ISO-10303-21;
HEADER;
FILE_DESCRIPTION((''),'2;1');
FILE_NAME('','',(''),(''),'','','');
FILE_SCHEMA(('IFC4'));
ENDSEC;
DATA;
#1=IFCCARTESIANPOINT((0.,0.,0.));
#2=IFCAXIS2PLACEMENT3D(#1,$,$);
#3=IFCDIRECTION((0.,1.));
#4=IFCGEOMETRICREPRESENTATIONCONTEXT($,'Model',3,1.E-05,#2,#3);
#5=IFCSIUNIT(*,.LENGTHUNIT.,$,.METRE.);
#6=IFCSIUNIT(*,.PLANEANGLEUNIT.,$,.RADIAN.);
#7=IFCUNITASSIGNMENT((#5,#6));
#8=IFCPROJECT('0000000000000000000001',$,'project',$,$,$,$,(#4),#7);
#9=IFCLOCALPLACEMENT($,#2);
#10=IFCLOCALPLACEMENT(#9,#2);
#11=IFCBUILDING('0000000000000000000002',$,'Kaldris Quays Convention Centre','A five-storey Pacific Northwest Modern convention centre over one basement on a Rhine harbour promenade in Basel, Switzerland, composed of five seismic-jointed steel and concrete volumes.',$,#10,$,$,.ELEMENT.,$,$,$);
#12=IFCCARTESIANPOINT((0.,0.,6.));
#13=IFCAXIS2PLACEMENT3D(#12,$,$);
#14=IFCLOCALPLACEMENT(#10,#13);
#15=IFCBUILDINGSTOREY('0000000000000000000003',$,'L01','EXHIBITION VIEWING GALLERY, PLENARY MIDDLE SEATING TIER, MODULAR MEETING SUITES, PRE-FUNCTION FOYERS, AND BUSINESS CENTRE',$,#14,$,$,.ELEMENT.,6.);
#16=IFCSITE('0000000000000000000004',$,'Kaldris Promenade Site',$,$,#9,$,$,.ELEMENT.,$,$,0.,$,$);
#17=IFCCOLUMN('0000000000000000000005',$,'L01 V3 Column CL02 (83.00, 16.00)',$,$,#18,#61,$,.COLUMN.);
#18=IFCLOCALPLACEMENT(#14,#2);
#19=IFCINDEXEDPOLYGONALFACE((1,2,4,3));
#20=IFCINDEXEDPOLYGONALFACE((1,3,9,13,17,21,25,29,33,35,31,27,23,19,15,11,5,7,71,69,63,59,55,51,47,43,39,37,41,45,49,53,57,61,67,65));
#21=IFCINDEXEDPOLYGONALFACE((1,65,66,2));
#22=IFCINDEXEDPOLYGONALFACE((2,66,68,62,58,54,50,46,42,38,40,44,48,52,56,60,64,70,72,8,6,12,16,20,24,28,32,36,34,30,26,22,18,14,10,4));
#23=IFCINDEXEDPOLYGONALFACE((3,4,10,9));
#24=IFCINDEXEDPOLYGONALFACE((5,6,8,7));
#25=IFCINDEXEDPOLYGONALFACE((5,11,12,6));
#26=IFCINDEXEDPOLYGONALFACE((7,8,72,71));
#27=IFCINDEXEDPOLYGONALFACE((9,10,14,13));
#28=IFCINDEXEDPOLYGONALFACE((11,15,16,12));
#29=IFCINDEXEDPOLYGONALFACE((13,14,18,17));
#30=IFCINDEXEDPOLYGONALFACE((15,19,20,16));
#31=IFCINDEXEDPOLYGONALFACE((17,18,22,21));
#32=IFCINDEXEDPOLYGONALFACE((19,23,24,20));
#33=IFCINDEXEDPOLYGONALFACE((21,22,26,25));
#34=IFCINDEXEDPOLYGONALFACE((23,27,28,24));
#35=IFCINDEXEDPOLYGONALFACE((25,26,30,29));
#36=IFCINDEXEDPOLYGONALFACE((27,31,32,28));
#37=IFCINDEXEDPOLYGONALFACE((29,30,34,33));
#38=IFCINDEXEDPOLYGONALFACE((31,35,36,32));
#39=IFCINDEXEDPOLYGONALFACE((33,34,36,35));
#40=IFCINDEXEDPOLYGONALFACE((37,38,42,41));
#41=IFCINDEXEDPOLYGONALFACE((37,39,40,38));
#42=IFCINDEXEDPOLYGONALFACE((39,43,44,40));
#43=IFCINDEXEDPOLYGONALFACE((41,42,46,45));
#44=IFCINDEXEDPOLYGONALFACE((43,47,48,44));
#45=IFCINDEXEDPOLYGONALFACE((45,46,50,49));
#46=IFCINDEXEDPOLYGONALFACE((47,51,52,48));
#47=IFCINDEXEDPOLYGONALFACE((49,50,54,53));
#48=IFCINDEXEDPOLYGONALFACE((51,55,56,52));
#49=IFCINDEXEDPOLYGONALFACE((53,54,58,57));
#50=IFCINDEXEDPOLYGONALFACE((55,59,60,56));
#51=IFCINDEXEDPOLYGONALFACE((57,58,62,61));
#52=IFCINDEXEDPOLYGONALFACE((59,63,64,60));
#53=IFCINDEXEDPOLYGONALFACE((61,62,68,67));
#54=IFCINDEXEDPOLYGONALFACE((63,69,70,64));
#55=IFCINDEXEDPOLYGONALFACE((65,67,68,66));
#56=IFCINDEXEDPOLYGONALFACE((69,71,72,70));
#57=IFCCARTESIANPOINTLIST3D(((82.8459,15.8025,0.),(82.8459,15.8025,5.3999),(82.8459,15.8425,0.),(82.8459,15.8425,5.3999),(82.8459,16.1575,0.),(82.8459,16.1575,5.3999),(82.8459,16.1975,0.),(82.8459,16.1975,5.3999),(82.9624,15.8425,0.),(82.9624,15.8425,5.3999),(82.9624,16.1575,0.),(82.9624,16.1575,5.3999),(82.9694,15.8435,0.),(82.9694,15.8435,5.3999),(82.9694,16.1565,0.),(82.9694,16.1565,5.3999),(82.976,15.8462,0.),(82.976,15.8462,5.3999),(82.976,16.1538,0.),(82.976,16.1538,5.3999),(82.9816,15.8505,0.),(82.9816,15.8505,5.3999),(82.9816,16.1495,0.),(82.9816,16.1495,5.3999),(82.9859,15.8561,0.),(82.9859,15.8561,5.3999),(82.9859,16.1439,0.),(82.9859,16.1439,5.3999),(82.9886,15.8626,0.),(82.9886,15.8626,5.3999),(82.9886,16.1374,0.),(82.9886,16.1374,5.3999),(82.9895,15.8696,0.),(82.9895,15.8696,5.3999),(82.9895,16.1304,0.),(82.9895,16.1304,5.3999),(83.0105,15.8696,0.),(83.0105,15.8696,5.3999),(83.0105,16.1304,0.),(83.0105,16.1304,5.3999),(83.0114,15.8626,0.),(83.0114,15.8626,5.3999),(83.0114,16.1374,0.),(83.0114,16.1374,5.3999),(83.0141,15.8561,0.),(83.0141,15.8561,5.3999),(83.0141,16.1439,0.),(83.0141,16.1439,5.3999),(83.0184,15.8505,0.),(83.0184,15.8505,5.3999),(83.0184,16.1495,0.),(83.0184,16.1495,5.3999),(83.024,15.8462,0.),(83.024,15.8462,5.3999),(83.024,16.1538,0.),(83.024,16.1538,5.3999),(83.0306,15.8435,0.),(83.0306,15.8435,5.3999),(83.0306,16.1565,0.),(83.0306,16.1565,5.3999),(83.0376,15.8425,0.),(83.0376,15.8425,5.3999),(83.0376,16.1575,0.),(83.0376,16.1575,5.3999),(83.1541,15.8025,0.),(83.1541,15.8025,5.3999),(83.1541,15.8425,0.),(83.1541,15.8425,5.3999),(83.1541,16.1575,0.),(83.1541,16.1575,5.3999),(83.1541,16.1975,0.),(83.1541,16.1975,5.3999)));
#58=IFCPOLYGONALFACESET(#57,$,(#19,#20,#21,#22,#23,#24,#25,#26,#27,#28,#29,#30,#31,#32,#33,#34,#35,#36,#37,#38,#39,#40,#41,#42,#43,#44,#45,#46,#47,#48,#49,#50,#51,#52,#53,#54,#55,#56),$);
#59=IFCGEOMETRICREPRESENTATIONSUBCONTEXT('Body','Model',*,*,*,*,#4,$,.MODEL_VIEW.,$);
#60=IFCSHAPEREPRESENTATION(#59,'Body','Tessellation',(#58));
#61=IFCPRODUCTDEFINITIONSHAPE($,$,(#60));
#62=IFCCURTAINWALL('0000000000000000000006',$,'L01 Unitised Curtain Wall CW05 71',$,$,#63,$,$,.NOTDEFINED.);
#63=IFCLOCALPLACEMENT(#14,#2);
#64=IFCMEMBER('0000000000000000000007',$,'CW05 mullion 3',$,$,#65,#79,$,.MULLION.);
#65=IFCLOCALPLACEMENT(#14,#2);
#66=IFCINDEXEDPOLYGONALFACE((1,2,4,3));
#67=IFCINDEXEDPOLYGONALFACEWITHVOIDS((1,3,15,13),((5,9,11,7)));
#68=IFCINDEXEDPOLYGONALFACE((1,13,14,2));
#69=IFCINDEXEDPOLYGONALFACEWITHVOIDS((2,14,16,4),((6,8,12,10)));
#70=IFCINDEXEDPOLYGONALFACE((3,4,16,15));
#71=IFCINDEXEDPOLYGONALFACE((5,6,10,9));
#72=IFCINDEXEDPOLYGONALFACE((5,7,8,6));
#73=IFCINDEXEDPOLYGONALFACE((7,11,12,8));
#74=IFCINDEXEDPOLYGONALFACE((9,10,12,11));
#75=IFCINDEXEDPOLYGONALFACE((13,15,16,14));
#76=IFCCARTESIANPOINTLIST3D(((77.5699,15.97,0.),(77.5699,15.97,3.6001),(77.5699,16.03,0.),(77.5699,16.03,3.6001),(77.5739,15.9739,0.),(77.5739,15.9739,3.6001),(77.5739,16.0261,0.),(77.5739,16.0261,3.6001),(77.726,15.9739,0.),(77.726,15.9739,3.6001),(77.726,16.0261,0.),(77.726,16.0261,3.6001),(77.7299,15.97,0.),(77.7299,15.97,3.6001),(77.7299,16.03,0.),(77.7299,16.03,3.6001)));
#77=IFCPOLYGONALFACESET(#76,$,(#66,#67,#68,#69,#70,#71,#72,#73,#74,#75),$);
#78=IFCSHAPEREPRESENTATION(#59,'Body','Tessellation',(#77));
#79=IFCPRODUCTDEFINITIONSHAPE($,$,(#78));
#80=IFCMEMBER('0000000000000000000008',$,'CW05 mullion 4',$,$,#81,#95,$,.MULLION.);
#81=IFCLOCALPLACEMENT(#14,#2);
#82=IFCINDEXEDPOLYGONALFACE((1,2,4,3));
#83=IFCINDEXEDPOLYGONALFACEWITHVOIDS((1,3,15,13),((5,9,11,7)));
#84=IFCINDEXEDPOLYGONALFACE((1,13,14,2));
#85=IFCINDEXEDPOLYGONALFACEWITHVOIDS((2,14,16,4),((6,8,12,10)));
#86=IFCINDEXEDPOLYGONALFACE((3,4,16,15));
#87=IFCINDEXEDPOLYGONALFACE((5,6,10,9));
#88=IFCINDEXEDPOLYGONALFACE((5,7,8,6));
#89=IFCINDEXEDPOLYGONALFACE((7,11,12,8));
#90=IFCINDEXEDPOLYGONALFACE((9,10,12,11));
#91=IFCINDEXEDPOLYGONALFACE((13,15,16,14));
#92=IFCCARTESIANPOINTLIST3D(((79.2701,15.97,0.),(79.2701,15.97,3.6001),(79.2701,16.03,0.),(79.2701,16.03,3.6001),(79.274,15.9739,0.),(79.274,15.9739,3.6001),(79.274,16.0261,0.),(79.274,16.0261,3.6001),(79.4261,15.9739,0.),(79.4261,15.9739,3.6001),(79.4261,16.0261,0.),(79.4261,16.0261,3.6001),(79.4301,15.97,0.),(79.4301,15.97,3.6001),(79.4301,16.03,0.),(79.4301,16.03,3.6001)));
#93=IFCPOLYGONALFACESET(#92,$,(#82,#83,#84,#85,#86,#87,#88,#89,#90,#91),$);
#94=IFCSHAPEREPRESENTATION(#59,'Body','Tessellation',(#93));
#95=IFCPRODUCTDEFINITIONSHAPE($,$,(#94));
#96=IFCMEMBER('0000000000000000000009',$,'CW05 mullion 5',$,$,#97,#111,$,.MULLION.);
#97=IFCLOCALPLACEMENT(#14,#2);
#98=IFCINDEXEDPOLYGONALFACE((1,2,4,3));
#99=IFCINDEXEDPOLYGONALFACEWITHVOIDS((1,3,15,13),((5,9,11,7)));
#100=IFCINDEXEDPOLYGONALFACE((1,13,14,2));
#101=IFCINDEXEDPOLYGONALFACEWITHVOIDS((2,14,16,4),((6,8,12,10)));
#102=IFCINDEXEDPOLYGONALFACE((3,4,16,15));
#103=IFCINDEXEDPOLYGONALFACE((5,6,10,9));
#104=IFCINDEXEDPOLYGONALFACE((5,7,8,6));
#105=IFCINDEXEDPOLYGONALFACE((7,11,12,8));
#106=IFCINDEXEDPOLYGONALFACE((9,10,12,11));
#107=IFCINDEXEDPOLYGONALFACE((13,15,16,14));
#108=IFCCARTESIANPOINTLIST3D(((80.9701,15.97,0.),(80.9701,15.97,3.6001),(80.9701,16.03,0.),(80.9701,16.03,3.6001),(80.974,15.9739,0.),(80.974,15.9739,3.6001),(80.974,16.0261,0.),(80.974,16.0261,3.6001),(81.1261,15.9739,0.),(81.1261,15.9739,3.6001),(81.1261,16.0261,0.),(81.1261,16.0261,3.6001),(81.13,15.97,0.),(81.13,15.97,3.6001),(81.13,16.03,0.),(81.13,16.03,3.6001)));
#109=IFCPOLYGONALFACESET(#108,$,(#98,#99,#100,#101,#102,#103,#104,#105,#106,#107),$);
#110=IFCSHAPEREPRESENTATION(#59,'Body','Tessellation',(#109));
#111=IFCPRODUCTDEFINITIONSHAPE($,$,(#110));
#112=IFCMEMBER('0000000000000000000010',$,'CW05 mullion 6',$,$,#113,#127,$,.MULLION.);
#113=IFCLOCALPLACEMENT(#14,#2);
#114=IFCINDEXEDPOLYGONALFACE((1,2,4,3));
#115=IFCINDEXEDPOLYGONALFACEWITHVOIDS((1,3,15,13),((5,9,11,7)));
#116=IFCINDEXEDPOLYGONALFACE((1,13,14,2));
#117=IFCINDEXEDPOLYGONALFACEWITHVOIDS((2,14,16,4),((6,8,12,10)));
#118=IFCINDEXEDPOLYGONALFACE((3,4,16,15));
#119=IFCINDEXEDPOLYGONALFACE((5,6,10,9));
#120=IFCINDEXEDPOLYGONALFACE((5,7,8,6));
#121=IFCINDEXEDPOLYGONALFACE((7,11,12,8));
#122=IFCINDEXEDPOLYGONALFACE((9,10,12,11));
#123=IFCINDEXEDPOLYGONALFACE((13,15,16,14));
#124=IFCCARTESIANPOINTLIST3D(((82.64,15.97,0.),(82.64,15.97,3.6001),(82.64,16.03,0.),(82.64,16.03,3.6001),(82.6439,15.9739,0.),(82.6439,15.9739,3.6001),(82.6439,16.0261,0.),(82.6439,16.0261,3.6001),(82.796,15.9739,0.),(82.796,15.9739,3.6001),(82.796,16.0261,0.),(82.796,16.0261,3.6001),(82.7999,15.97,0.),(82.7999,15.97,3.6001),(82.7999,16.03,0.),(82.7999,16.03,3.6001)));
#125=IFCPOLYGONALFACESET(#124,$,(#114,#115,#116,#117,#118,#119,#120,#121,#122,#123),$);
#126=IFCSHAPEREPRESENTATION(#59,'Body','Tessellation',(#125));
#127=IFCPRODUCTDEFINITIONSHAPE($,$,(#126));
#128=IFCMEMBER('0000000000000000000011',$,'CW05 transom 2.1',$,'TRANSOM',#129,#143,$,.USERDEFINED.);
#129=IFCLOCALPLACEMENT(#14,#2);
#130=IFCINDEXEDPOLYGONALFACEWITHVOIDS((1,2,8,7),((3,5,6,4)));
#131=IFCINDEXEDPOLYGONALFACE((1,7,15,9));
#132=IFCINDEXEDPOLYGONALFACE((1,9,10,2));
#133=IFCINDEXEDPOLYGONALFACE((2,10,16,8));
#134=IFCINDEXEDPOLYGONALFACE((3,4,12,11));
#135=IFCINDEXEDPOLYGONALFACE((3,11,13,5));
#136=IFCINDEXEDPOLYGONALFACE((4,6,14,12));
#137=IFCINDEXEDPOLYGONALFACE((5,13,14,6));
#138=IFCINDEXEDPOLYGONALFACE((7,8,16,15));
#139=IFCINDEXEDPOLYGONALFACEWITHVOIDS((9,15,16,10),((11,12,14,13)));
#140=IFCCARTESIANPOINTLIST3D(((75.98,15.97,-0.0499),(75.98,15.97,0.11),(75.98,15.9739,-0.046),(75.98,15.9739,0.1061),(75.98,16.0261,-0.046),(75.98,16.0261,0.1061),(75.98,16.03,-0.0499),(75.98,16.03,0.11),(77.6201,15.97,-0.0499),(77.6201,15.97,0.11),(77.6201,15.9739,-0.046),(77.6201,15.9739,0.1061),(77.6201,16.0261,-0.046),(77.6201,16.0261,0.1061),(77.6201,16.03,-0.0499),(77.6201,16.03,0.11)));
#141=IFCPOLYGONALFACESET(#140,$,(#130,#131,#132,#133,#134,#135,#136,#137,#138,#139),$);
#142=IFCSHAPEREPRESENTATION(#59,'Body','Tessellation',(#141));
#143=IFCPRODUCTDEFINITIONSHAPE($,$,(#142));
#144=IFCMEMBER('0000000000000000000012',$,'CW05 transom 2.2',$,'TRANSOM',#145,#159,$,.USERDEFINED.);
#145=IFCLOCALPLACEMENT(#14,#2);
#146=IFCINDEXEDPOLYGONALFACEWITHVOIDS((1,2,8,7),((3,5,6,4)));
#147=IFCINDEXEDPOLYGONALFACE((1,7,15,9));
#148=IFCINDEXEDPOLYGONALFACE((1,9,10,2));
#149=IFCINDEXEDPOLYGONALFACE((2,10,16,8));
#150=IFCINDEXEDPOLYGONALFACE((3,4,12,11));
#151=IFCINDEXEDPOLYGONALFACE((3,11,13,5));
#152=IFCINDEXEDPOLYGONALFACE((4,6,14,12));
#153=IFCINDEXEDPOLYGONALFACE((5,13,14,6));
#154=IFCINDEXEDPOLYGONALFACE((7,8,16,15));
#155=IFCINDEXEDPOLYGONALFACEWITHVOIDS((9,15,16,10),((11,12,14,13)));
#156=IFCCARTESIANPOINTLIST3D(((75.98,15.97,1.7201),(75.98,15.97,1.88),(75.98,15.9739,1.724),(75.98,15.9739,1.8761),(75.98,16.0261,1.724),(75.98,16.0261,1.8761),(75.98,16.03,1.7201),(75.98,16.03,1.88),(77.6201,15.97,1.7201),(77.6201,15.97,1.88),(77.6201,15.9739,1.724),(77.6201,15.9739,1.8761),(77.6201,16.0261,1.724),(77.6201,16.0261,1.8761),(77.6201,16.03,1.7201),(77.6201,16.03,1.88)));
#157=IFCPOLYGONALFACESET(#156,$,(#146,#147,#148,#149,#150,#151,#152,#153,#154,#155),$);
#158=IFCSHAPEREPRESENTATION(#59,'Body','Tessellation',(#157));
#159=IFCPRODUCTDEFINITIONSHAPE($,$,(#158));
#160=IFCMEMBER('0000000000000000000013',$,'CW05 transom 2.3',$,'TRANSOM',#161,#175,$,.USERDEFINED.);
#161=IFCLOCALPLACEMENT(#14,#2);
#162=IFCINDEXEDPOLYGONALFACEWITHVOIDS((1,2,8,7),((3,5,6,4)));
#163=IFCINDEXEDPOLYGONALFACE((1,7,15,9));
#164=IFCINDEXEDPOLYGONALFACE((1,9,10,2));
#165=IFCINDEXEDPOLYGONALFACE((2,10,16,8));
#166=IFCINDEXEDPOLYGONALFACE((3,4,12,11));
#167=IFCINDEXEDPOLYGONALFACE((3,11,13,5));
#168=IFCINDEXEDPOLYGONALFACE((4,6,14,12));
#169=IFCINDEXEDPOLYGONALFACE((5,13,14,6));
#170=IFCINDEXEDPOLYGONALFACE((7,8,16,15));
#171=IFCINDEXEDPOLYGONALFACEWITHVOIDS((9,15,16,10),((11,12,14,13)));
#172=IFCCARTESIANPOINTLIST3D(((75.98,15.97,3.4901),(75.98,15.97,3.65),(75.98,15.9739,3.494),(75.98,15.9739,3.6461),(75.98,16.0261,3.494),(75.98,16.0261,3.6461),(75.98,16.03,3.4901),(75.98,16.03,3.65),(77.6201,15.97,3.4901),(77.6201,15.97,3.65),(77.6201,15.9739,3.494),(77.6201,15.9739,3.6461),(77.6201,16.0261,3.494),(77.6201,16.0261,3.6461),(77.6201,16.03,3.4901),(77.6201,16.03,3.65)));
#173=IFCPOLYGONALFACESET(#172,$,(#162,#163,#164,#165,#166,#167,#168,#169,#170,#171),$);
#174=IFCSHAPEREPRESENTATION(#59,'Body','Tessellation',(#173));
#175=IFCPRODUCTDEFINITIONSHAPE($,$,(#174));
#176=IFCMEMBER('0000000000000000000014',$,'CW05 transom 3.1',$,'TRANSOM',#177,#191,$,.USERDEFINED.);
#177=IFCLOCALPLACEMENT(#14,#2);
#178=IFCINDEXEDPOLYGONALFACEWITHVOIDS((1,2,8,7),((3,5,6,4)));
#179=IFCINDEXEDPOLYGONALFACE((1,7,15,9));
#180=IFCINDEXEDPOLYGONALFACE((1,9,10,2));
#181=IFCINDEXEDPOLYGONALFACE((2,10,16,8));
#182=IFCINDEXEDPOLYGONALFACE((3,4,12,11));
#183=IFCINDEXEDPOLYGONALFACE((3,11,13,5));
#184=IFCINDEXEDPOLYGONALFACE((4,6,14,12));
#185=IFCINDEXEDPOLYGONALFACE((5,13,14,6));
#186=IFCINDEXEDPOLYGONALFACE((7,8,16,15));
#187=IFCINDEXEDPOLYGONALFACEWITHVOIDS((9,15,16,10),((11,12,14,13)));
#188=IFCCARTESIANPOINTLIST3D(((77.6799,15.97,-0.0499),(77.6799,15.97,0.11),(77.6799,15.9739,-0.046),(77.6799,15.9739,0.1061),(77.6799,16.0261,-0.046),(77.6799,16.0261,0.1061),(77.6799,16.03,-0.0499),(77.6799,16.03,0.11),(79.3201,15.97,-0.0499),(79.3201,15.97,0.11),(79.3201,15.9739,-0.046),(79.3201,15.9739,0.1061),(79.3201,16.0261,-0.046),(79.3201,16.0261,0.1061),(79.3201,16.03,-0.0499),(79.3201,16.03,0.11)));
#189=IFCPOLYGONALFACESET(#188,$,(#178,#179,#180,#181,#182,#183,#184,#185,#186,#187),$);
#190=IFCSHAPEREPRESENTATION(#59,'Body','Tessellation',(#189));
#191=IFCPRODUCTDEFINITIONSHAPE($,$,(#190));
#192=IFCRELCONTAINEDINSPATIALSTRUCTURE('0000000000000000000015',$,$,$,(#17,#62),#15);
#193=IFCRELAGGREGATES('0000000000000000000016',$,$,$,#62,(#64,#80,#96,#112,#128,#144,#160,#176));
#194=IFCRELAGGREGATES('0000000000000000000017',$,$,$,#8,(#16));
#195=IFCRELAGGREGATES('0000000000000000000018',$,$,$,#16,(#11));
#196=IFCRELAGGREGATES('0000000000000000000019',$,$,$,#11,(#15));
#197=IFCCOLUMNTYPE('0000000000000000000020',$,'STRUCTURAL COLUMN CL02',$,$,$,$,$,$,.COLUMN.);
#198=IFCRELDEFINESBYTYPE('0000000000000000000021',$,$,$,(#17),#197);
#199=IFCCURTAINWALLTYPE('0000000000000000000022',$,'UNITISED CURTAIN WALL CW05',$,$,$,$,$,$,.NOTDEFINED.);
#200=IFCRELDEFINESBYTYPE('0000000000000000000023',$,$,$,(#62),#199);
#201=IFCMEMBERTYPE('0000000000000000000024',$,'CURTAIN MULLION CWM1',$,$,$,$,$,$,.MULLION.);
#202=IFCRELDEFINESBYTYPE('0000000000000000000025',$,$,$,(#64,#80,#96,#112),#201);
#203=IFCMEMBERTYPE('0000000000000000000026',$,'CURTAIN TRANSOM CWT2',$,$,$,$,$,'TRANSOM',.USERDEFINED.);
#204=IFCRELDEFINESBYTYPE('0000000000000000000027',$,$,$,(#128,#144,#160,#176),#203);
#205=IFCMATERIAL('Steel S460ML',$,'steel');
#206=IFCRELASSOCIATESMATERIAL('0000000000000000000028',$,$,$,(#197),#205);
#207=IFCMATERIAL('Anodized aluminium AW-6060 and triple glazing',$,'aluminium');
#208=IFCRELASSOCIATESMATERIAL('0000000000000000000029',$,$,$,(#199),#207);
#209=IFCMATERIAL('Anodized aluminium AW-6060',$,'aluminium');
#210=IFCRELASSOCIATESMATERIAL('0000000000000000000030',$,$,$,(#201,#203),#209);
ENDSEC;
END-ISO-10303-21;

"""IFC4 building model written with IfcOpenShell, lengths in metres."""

from ifc_helpers import new_model, si_unit, direction, frame, origin, origin_2d, place, context, subcontext, project, spatial, hollow_rectangle, i_section, extrude, material, material_profile, profile_set, type_object, element, aggregate, save


model = new_model("IFC4")

# Units and contexts
model_context = context("Model", 3, precision=1e-05, world=origin(), true_north=direction((0.0, 1.0)))
body_context = subcontext(model_context, "Body", "Model", "MODEL_VIEW")
ifc_project = project(units=[si_unit("LENGTHUNIT", "METRE"), si_unit("PLANEANGLEUNIT", "RADIAN")], contexts=[model_context])

# Site, building, storey
site_placement = place(None, origin())
site = spatial("IfcSite", under=ifc_project, at=site_placement, Name="Kaldris Promenade Site", CompositionType="ELEMENT", RefElevation=0.0)
building_placement = place(site_placement, origin())
building = spatial("IfcBuilding", under=site, at=building_placement, Name="Kaldris Quays Convention Centre", Description="A five-storey Pacific Northwest Modern convention centre over one basement on a Rhine harbour promenade in Basel, Switzerland, composed of five seismic-jointed steel and concrete volumes.", CompositionType="ELEMENT")
storey_placement = place(building_placement, frame((0.0, 0.0, 6.0)))
storey = spatial("IfcBuildingStorey", under=building, at=storey_placement, Name="L01", Description="EXHIBITION VIEWING GALLERY, PLENARY MIDDLE SEATING TIER, MODULAR MEETING SUITES, PRE-FUNCTION FOYERS, AND BUSINESS CENTRE", CompositionType="ELEMENT", Elevation=6.0)

# Column
ifc_material_1 = material(Name="Steel S460ML", Category="steel")
ifc_material_profile_1 = material_profile(ifc_material_1, i_section(OverallWidth=0.3081, OverallDepth=0.395, WebThickness=0.021, FlangeThickness=0.04, FilletRadius=0.0271, at=origin_2d()), Name="HEM 360")
ifc_profile_set_1 = profile_set([ifc_material_profile_1], Name="Steel S460ML")
column_type = type_object("IfcColumnType", Name="STRUCTURAL COLUMN CL02", PredefinedType="COLUMN", material=ifc_profile_set_1)
column_placement = place(storey_placement, frame((83.0, 16.0, 0.0), z_axis=(0.0, 0.0, 1.0), x_axis=(1.0, 0.0, 0.0)))
element("IfcColumn", 1, at=column_placement, inside=storey, type_object=column_type, Name="L01 V3 Column CL02 (83.00, 16.00)", PredefinedType="COLUMN", context=body_context, shape_type="SweptSolid", body=[
    extrude(i_section(OverallWidth=0.3081, OverallDepth=0.395, WebThickness=0.021, FlangeThickness=0.04, FilletRadius=0.0271, at=origin_2d()), origin(), (0.0, 0.0, 1.0), 5.3999),
])

# Curtain wall, members
ifc_material_2 = material(Name="Anodized aluminium AW-6060 and triple glazing", Category="aluminium")
curtain_wall_type = type_object("IfcCurtainWallType", Name="UNITISED CURTAIN WALL CW05", PredefinedType="NOTDEFINED", material=ifc_material_2)
curtain_wall_placement = place(storey_placement, origin())
curtain_wall = element("IfcCurtainWall", 2, at=curtain_wall_placement, inside=storey, type_object=curtain_wall_type, Name="L01 Unitised Curtain Wall CW05 71", PredefinedType="NOTDEFINED")
ifc_material_3 = material(Name="Anodized aluminium AW-6060", Category="aluminium")
ifc_material_profile_2 = material_profile(ifc_material_3, hollow_rectangle(XDim=0.0601, YDim=0.1599, WallThickness=0.0039, at=origin_2d()), Name="RHS 160x60x4")
ifc_profile_set_2 = profile_set([ifc_material_profile_2], Name="Anodized aluminium AW-6060")
member_type_1 = type_object("IfcMemberType", Name="CURTAIN MULLION CWM1", PredefinedType="MULLION", material=ifc_profile_set_2)
member_1_placement = place(storey_placement, frame((77.6499, 16.0, 0.0), z_axis=(0.0, 0.0, 1.0), x_axis=(0.0, 1.0, 0.0)))
member_1 = element("IfcMember", 3, at=member_1_placement, type_object=member_type_1, Name="CW05 mullion 3", PredefinedType="MULLION", context=body_context, shape_type="SweptSolid", body=[
    extrude(hollow_rectangle(XDim=0.0601, YDim=0.1599, WallThickness=0.0039, at=origin_2d()), origin(), (0.0, 0.0, 1.0), 3.6001),
])
member_2_placement = place(storey_placement, frame((79.3501, 16.0, 0.0), z_axis=(0.0, 0.0, 1.0), x_axis=(0.0, 1.0, 0.0)))
member_2 = element("IfcMember", 4, at=member_2_placement, type_object=member_type_1, Name="CW05 mullion 4", PredefinedType="MULLION", context=body_context, shape_type="SweptSolid", body=[
    extrude(hollow_rectangle(XDim=0.0601, YDim=0.1599, WallThickness=0.0039, at=origin_2d()), origin(), (0.0, 0.0, 1.0), 3.6001),
])
member_3_placement = place(storey_placement, frame((81.05, 16.0, 0.0), z_axis=(0.0, 0.0, 1.0), x_axis=(0.0, 1.0, 0.0)))
member_3 = element("IfcMember", 5, at=member_3_placement, type_object=member_type_1, Name="CW05 mullion 5", PredefinedType="MULLION", context=body_context, shape_type="SweptSolid", body=[
    extrude(hollow_rectangle(XDim=0.0601, YDim=0.1599, WallThickness=0.0039, at=origin_2d()), origin(), (0.0, 0.0, 1.0), 3.6001),
])
member_4_placement = place(storey_placement, frame((82.72, 16.0, 0.0), z_axis=(0.0, 0.0, 1.0), x_axis=(0.0, 1.0, 0.0)))
member_4 = element("IfcMember", 6, at=member_4_placement, type_object=member_type_1, Name="CW05 mullion 6", PredefinedType="MULLION", context=body_context, shape_type="SweptSolid", body=[
    extrude(hollow_rectangle(XDim=0.0601, YDim=0.1599, WallThickness=0.0039, at=origin_2d()), origin(), (0.0, 0.0, 1.0), 3.6001),
])
ifc_material_profile_3 = material_profile(ifc_material_3, hollow_rectangle(XDim=0.0601, YDim=0.1599, WallThickness=0.0039, at=origin_2d()), Name="RHS 160x60x4")
ifc_profile_set_3 = profile_set([ifc_material_profile_3], Name="Anodized aluminium AW-6060")
member_type_2 = type_object("IfcMemberType", Name="CURTAIN TRANSOM CWT2", ElementType="TRANSOM", PredefinedType="USERDEFINED", material=ifc_profile_set_3)
member_5_placement = place(storey_placement, frame((75.98, 16.0, 0.03), z_axis=(1.0, 0.0, 0.0), x_axis=(0.0, 1.0, 0.0)))
member_5 = element("IfcMember", 7, at=member_5_placement, type_object=member_type_2, Name="CW05 transom 2.1", ObjectType="TRANSOM", PredefinedType="USERDEFINED", context=body_context, shape_type="SweptSolid", body=[
    extrude(hollow_rectangle(XDim=0.0601, YDim=0.1599, WallThickness=0.0039, at=origin_2d()), origin(), (0.0, 0.0, 1.0), 1.6401),
])
member_6_placement = place(storey_placement, frame((75.98, 16.0, 1.8), z_axis=(1.0, 0.0, 0.0), x_axis=(0.0, 1.0, 0.0)))
member_6 = element("IfcMember", 8, at=member_6_placement, type_object=member_type_2, Name="CW05 transom 2.2", ObjectType="TRANSOM", PredefinedType="USERDEFINED", context=body_context, shape_type="SweptSolid", body=[
    extrude(hollow_rectangle(XDim=0.0601, YDim=0.1599, WallThickness=0.0039, at=origin_2d()), origin(), (0.0, 0.0, 1.0), 1.6401),
])
member_7_placement = place(storey_placement, frame((75.98, 16.0, 3.5701), z_axis=(1.0, 0.0, 0.0), x_axis=(0.0, 1.0, 0.0)))
member_7 = element("IfcMember", 9, at=member_7_placement, type_object=member_type_2, Name="CW05 transom 2.3", ObjectType="TRANSOM", PredefinedType="USERDEFINED", context=body_context, shape_type="SweptSolid", body=[
    extrude(hollow_rectangle(XDim=0.0601, YDim=0.1599, WallThickness=0.0039, at=origin_2d()), origin(), (0.0, 0.0, 1.0), 1.6401),
])
member_8_placement = place(storey_placement, frame((77.6799, 16.0, 0.03), z_axis=(1.0, 0.0, 0.0), x_axis=(0.0, 1.0, 0.0)))
member_8 = element("IfcMember", 10, at=member_8_placement, type_object=member_type_2, Name="CW05 transom 3.1", ObjectType="TRANSOM", PredefinedType="USERDEFINED", context=body_context, shape_type="SweptSolid", body=[
    extrude(hollow_rectangle(XDim=0.0601, YDim=0.1599, WallThickness=0.0039, at=origin_2d()), origin(), (0.0, 0.0, 1.0), 1.6401),
])
aggregate(curtain_wall, [member_1, member_2, member_3, member_4, member_5, member_6, member_7, member_8])

save(model, "model.ifc")
